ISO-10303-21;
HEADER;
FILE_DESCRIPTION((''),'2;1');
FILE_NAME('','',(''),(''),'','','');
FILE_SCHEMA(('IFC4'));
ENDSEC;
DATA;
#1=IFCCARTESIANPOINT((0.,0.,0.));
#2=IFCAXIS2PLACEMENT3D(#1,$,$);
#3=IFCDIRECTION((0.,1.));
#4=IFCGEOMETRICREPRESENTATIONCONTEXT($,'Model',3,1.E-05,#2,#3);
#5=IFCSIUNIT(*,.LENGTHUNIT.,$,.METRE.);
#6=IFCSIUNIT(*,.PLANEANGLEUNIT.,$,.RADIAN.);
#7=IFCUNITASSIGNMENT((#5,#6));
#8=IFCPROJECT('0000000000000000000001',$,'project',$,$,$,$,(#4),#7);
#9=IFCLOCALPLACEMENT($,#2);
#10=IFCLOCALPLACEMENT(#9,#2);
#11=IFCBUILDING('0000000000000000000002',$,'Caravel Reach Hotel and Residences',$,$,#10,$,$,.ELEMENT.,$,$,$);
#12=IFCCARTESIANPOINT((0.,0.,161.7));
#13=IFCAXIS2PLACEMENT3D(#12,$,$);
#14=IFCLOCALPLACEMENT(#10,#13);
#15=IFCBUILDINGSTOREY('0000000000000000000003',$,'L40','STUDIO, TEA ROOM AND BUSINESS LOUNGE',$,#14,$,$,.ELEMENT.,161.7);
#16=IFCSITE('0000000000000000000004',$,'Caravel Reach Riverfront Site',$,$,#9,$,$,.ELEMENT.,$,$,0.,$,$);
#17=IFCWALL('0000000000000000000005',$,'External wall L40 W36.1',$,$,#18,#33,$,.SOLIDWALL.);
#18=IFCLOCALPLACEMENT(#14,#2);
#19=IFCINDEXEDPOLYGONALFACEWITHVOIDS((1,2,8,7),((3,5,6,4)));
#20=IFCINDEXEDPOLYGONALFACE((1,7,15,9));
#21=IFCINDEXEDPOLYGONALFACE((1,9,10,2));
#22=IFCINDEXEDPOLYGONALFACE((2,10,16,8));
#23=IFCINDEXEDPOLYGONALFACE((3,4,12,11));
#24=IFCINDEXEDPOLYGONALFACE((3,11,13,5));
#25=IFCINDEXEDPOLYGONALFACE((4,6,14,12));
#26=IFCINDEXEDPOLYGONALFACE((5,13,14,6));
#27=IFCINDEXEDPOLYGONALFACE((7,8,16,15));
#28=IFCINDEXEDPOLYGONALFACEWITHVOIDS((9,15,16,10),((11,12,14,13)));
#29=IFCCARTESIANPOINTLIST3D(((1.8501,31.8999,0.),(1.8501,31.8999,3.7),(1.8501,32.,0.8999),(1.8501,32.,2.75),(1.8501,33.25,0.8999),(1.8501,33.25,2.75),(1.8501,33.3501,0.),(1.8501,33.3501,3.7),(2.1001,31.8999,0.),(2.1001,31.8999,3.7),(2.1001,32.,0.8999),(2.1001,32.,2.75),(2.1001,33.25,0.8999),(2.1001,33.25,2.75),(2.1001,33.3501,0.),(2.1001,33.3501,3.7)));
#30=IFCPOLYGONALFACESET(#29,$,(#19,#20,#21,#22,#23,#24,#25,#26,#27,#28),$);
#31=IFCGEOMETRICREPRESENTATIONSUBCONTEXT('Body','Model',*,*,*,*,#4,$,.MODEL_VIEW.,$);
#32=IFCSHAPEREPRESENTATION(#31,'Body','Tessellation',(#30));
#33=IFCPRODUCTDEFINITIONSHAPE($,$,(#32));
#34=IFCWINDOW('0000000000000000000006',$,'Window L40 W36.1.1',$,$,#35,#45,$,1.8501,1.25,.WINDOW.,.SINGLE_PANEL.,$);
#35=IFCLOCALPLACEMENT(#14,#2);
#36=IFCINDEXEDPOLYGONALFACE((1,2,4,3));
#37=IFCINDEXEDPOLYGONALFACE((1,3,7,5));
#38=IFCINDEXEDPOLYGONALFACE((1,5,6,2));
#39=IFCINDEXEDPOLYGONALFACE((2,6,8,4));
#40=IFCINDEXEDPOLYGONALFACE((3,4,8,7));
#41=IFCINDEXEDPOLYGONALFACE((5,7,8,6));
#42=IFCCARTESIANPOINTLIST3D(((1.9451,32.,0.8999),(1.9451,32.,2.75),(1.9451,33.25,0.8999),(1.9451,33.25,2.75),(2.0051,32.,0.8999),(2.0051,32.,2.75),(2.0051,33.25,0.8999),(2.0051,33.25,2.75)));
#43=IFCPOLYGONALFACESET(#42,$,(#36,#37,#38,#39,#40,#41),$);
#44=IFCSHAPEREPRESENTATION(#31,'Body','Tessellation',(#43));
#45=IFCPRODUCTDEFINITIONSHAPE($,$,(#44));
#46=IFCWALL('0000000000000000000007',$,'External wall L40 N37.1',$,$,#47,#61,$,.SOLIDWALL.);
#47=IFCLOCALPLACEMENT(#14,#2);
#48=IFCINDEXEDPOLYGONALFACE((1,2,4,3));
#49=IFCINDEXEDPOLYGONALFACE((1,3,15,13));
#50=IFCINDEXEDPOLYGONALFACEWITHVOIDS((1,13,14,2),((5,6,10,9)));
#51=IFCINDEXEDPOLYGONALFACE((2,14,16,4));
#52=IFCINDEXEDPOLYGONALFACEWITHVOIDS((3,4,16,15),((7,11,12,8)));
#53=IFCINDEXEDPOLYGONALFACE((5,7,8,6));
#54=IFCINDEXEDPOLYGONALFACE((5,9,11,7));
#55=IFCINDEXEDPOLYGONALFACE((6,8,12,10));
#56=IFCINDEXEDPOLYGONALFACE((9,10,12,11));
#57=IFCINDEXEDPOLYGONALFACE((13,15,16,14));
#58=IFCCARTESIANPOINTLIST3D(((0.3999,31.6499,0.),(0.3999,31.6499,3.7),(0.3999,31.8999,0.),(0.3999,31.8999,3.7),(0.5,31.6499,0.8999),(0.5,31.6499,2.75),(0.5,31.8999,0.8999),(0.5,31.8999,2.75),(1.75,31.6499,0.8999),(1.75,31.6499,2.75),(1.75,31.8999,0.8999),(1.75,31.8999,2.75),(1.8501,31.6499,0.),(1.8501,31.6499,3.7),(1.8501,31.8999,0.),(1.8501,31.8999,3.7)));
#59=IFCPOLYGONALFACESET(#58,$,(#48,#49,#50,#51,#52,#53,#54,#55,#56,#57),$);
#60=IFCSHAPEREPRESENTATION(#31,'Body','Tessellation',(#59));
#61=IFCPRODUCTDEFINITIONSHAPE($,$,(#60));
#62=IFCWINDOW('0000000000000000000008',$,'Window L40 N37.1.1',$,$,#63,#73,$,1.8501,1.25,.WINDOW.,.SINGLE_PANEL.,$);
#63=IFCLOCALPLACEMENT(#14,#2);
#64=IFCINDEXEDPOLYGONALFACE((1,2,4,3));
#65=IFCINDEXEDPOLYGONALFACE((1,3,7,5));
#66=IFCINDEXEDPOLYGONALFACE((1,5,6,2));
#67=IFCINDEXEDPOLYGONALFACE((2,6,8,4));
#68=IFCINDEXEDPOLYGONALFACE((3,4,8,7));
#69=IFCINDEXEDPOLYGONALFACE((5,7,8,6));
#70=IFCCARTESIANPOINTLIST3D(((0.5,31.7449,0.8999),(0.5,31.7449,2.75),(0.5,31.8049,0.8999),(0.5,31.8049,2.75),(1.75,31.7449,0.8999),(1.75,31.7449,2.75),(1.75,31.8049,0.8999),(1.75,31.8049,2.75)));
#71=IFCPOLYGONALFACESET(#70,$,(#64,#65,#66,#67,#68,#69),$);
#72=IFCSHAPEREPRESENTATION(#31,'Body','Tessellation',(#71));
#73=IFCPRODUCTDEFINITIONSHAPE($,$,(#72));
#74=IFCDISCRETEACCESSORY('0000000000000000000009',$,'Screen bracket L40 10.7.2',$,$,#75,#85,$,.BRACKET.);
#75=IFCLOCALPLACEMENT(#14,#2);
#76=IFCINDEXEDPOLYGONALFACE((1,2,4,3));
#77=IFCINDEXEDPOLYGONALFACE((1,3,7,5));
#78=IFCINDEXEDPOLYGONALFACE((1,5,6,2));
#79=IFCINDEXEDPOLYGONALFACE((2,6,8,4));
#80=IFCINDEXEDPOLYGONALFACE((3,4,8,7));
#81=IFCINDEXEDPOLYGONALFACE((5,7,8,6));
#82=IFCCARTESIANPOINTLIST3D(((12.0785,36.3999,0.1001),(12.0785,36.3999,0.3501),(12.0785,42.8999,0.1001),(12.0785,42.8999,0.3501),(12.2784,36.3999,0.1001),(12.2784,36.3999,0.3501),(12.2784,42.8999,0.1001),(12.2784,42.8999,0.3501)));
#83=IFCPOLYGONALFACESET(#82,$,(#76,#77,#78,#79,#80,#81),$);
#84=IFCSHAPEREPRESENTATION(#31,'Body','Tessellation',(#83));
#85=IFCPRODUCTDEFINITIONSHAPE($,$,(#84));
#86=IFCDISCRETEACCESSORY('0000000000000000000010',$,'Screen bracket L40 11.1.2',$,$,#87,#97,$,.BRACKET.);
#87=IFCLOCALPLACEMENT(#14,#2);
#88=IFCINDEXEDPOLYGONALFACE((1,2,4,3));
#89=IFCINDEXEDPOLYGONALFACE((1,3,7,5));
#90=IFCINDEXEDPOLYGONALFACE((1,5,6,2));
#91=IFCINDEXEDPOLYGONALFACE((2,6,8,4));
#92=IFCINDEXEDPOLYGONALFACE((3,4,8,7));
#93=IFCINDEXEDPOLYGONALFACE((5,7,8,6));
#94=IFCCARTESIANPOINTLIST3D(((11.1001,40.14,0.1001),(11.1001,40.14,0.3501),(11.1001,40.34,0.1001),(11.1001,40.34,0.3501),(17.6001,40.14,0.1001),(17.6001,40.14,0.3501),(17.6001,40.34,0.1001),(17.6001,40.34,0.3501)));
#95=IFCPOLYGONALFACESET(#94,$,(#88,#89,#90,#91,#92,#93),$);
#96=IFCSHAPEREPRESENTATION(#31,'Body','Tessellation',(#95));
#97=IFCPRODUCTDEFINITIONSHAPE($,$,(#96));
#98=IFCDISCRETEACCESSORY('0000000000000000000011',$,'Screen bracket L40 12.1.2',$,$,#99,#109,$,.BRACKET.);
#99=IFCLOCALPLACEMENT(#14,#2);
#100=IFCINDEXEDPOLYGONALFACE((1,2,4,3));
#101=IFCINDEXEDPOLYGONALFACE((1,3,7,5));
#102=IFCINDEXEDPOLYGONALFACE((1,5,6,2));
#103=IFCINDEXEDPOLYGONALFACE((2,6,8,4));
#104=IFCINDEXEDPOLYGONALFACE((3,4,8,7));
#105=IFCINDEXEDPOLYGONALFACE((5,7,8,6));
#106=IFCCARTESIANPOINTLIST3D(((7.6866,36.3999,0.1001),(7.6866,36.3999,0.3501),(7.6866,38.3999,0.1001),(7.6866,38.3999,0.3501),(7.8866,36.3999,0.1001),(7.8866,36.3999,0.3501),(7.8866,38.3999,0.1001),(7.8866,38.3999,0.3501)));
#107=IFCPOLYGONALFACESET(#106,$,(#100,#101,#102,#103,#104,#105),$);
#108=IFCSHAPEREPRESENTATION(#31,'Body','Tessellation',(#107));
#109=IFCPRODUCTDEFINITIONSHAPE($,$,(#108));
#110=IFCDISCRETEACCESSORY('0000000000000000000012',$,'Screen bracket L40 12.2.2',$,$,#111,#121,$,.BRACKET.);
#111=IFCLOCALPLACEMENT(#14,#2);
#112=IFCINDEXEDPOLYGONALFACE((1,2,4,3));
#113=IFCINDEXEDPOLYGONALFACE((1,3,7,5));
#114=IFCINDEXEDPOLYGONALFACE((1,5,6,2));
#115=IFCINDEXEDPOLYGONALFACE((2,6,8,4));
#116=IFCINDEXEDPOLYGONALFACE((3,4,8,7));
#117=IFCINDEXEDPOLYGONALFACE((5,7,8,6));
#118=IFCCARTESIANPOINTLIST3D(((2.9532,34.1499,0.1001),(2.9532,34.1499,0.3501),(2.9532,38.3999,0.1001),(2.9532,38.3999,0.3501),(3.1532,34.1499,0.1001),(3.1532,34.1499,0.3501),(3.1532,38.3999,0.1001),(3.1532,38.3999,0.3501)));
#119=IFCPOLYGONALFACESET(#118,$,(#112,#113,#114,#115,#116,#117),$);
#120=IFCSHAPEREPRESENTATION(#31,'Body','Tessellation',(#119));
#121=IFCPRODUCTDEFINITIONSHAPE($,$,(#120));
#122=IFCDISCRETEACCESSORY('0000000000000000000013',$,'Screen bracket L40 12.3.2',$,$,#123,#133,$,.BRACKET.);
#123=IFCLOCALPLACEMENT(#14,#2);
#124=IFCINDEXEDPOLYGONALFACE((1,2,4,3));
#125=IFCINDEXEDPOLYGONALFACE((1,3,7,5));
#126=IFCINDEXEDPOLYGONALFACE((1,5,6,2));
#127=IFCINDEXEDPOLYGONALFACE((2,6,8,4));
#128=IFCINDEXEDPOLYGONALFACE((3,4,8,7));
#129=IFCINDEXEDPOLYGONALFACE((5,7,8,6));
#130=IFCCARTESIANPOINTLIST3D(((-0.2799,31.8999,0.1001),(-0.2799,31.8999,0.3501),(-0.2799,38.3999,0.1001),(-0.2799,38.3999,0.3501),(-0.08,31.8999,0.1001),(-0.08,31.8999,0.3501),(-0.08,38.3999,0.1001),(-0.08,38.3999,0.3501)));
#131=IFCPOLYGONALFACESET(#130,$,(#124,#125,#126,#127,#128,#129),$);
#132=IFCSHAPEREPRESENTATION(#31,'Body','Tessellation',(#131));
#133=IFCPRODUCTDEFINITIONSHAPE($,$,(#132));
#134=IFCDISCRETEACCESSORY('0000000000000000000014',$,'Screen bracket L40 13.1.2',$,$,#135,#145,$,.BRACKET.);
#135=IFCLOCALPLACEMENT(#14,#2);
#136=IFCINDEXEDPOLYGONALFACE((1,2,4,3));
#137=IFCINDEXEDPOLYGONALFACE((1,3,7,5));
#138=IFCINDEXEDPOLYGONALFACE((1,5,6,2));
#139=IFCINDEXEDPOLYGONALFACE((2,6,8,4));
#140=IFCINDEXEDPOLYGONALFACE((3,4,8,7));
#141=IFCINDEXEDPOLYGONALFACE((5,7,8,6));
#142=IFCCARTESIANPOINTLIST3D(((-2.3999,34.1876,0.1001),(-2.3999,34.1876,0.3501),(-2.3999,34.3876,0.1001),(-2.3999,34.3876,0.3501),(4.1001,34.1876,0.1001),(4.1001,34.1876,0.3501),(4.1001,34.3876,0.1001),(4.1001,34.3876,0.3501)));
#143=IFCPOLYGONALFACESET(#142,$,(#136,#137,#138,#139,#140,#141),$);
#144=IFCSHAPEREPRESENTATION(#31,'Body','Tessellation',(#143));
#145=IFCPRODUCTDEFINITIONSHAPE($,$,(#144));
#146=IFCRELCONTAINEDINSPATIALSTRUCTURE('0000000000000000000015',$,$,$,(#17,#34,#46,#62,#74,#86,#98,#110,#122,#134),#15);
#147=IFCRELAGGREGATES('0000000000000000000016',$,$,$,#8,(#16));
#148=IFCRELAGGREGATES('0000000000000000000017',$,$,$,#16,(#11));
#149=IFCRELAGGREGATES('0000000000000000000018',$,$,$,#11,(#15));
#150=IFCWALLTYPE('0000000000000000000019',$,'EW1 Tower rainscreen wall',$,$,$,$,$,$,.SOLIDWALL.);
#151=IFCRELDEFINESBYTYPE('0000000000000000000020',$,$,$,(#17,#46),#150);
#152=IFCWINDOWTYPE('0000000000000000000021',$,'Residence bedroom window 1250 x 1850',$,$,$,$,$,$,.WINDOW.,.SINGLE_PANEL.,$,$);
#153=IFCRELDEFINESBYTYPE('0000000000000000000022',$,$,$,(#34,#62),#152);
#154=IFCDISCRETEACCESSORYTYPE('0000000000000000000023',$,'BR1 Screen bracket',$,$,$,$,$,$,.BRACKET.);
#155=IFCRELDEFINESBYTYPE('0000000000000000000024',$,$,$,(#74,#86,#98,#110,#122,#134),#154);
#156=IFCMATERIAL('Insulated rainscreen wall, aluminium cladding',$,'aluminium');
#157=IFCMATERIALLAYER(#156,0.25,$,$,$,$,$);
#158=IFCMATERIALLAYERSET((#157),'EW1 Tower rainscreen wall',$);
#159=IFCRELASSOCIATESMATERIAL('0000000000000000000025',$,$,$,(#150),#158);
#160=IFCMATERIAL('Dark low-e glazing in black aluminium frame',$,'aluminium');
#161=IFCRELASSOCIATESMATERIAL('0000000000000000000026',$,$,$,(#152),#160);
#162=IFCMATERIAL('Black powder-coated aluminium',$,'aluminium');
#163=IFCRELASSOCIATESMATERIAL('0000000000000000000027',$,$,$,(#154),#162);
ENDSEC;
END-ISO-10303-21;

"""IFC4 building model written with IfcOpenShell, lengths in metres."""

from ifc_helpers import new_model, si_unit, direction, frame, frame_2d, origin, origin_2d, place, context, subcontext, project, spatial, rectangle, extrude, material, layer, layer_set, type_object, element, fill, save


model = new_model("IFC4")

# Units and contexts
model_context = context("Model", 3, precision=1e-05, world=origin(), true_north=direction((0.0, 1.0)))
body_context = subcontext(model_context, "Body", "Model", "MODEL_VIEW")
ifc_project = project(units=[si_unit("LENGTHUNIT", "METRE"), si_unit("PLANEANGLEUNIT", "RADIAN")], contexts=[model_context])

# Site, building, storey
site_placement = place(None, origin())
site = spatial("IfcSite", under=ifc_project, at=site_placement, Name="Caravel Reach Riverfront Site", CompositionType="ELEMENT", RefElevation=0.0)
building_placement = place(site_placement, origin())
building = spatial("IfcBuilding", under=site, at=building_placement, Name="Caravel Reach Hotel and Residences", CompositionType="ELEMENT")
storey_placement = place(building_placement, frame((0.0, 0.0, 161.7)))
storey = spatial("IfcBuildingStorey", under=building, at=storey_placement, Name="L40", Description="STUDIO, TEA ROOM AND BUSINESS LOUNGE", CompositionType="ELEMENT", Elevation=161.7)

# Shared definitions
ifc_material_1 = material(Name="Insulated rainscreen wall, aluminium cladding", Category="aluminium")
ifc_layer = layer(ifc_material_1, 0.25)
ifc_layer_set = layer_set([ifc_layer], Name="EW1 Tower rainscreen wall")
wall_type = type_object("IfcWallType", Name="EW1 Tower rainscreen wall", PredefinedType="SOLIDWALL", material=ifc_layer_set)
ifc_material_2 = material(Name="Dark low-e glazing in black aluminium frame", Category="aluminium")
window_type_1 = type_object("IfcWindowType", Name="Residence bedroom window 1250 x 1850", PartitioningType="SINGLE_PANEL", PredefinedType="WINDOW", material=ifc_material_2)

# Walls, openings, windows
wall_1_placement = place(storey_placement, frame((1.9751, 33.3501, 0.0), z_axis=(0.0, 0.0, 1.0), x_axis=(0.0, -1.0, 0.0)))
wall_1 = element("IfcWall", 1, at=wall_1_placement, inside=storey, type_object=wall_type, Name="External wall L40 W36.1", PredefinedType="SOLIDWALL", context=body_context, shape_type="SweptSolid", body=[
    extrude(rectangle(XDim=1.4502, YDim=0.25, at=frame_2d((0.7251, 0.0))), origin(), (0.0, 0.0, 1.0), 3.7),
])
opening_1_placement = place(wall_1_placement, frame((0.1001, 0.0, 0.8999)))
opening_1 = element("IfcOpeningElement", 2, at=opening_1_placement, cuts=wall_1, PredefinedType="OPENING", context=body_context, shape_type="SweptSolid", body=[
    extrude(rectangle(XDim=1.25, YDim=1.8501, at=frame_2d((0.625, 0.925))), frame((0.0, 0.135, 0.0), z_axis=(0.0, -1.0, 0.0), x_axis=(1.0, 0.0, 0.0)), (0.0, 0.0, 1.0), 0.27),
])
window_1_placement = place(opening_1_placement, origin())
window_1 = element("IfcWindow", 3, at=window_1_placement, inside=storey, type_object=window_type_1, Name="Window L40 W36.1.1", OverallHeight=1.8501, OverallWidth=1.25, PartitioningType="SINGLE_PANEL", PredefinedType="WINDOW", context=body_context, shape_type="SweptSolid", body=[
    extrude(rectangle(XDim=1.25, YDim=1.8501, at=frame_2d((0.625, 0.925))), frame((0.0, 0.03, 0.0), z_axis=(0.0, -1.0, 0.0), x_axis=(1.0, 0.0, 0.0)), (0.0, 0.0, 1.0), 0.0601),
])
fill(opening_1, window_1)
wall_2_placement = place(storey_placement, frame((1.8501, 31.7749, 0.0), z_axis=(0.0, 0.0, 1.0), x_axis=(-1.0, 0.0, 0.0)))
wall_2 = element("IfcWall", 4, at=wall_2_placement, inside=storey, type_object=wall_type, Name="External wall L40 N37.1", PredefinedType="SOLIDWALL", context=body_context, shape_type="SweptSolid", body=[
    extrude(rectangle(XDim=1.4502, YDim=0.25, at=frame_2d((0.7251, 0.0))), origin(), (0.0, 0.0, 1.0), 3.7),
])
opening_2_placement = place(wall_2_placement, frame((0.1001, 0.0, 0.8999)))
opening_2 = element("IfcOpeningElement", 5, at=opening_2_placement, cuts=wall_2, PredefinedType="OPENING", context=body_context, shape_type="SweptSolid", body=[
    extrude(rectangle(XDim=1.25, YDim=1.8501, at=frame_2d((0.625, 0.925))), frame((0.0, 0.135, 0.0), z_axis=(0.0, -1.0, 0.0), x_axis=(1.0, 0.0, 0.0)), (0.0, 0.0, 1.0), 0.27),
])
window_2_placement = place(opening_2_placement, origin())
window_2 = element("IfcWindow", 6, at=window_2_placement, inside=storey, type_object=window_type_1, Name="Window L40 N37.1.1", OverallHeight=1.8501, OverallWidth=1.25, PartitioningType="SINGLE_PANEL", PredefinedType="WINDOW", context=body_context, shape_type="SweptSolid", body=[
    extrude(rectangle(XDim=1.25, YDim=1.8501, at=frame_2d((0.625, 0.925))), frame((0.0, 0.03, 0.0), z_axis=(0.0, -1.0, 0.0), x_axis=(1.0, 0.0, 0.0)), (0.0, 0.0, 1.0), 0.0601),
])
fill(opening_2, window_2)

# Discrete accessories
ifc_material_3 = material(Name="Black powder-coated aluminium", Category="aluminium")
discrete_accessory_type = type_object("IfcDiscreteAccessoryType", Name="BR1 Screen bracket", PredefinedType="BRACKET", material=ifc_material_3)
for number, where, z_axis, x_axis, name in (
    (7, (12.1785, 39.6499, 0.1001), (0.0, 0.0, 1.0), (0.0, 1.0, 0.0), "Screen bracket L40 10.7.2"),
    (8, (14.3501, 40.24, 0.1001), (0.0, 0.0, 1.0), (-1.0, 0.0, 0.0), "Screen bracket L40 11.1.2"),
):
    element("IfcDiscreteAccessory", number, at=place(storey_placement, frame(where, z_axis=z_axis, x_axis=x_axis)), inside=storey, type_object=discrete_accessory_type, Name=name, PredefinedType="BRACKET", context=body_context, shape_type="SweptSolid", body=[
        extrude(rectangle(XDim=6.5, YDim=0.2, at=origin_2d()), origin(), (0.0, 0.0, 1.0), 0.25),
    ])
discrete_accessory_1_placement = place(storey_placement, frame((7.7866, 37.3999, 0.1001), z_axis=(0.0, 0.0, 1.0), x_axis=(0.0, 1.0, 0.0)))
element("IfcDiscreteAccessory", 9, at=discrete_accessory_1_placement, inside=storey, type_object=discrete_accessory_type, Name="Screen bracket L40 12.1.2", PredefinedType="BRACKET", context=body_context, shape_type="SweptSolid", body=[
    extrude(rectangle(XDim=2.0, YDim=0.2, at=origin_2d()), origin(), (0.0, 0.0, 1.0), 0.25),
])
discrete_accessory_2_placement = place(storey_placement, frame((3.0532, 36.2749, 0.1001), z_axis=(0.0, 0.0, 1.0), x_axis=(0.0, 1.0, 0.0)))
element("IfcDiscreteAccessory", 10, at=discrete_accessory_2_placement, inside=storey, type_object=discrete_accessory_type, Name="Screen bracket L40 12.2.2", PredefinedType="BRACKET", context=body_context, shape_type="SweptSolid", body=[
    extrude(rectangle(XDim=4.25, YDim=0.2, at=origin_2d()), origin(), (0.0, 0.0, 1.0), 0.25),
])
for number, where, z_axis, x_axis, name in (
    (11, (-0.1799, 35.1499, 0.1001), (0.0, 0.0, 1.0), (0.0, 1.0, 0.0), "Screen bracket L40 12.3.2"),
    (12, (0.8501, 34.2876, 0.1001), (0.0, 0.0, 1.0), (-1.0, 0.0, 0.0), "Screen bracket L40 13.1.2"),
):
    element("IfcDiscreteAccessory", number, at=place(storey_placement, frame(where, z_axis=z_axis, x_axis=x_axis)), inside=storey, type_object=discrete_accessory_type, Name=name, PredefinedType="BRACKET", context=body_context, shape_type="SweptSolid", body=[
        extrude(rectangle(XDim=6.5, YDim=0.2, at=origin_2d()), origin(), (0.0, 0.0, 1.0), 0.25),
    ])

save(model, "model.ifc")
